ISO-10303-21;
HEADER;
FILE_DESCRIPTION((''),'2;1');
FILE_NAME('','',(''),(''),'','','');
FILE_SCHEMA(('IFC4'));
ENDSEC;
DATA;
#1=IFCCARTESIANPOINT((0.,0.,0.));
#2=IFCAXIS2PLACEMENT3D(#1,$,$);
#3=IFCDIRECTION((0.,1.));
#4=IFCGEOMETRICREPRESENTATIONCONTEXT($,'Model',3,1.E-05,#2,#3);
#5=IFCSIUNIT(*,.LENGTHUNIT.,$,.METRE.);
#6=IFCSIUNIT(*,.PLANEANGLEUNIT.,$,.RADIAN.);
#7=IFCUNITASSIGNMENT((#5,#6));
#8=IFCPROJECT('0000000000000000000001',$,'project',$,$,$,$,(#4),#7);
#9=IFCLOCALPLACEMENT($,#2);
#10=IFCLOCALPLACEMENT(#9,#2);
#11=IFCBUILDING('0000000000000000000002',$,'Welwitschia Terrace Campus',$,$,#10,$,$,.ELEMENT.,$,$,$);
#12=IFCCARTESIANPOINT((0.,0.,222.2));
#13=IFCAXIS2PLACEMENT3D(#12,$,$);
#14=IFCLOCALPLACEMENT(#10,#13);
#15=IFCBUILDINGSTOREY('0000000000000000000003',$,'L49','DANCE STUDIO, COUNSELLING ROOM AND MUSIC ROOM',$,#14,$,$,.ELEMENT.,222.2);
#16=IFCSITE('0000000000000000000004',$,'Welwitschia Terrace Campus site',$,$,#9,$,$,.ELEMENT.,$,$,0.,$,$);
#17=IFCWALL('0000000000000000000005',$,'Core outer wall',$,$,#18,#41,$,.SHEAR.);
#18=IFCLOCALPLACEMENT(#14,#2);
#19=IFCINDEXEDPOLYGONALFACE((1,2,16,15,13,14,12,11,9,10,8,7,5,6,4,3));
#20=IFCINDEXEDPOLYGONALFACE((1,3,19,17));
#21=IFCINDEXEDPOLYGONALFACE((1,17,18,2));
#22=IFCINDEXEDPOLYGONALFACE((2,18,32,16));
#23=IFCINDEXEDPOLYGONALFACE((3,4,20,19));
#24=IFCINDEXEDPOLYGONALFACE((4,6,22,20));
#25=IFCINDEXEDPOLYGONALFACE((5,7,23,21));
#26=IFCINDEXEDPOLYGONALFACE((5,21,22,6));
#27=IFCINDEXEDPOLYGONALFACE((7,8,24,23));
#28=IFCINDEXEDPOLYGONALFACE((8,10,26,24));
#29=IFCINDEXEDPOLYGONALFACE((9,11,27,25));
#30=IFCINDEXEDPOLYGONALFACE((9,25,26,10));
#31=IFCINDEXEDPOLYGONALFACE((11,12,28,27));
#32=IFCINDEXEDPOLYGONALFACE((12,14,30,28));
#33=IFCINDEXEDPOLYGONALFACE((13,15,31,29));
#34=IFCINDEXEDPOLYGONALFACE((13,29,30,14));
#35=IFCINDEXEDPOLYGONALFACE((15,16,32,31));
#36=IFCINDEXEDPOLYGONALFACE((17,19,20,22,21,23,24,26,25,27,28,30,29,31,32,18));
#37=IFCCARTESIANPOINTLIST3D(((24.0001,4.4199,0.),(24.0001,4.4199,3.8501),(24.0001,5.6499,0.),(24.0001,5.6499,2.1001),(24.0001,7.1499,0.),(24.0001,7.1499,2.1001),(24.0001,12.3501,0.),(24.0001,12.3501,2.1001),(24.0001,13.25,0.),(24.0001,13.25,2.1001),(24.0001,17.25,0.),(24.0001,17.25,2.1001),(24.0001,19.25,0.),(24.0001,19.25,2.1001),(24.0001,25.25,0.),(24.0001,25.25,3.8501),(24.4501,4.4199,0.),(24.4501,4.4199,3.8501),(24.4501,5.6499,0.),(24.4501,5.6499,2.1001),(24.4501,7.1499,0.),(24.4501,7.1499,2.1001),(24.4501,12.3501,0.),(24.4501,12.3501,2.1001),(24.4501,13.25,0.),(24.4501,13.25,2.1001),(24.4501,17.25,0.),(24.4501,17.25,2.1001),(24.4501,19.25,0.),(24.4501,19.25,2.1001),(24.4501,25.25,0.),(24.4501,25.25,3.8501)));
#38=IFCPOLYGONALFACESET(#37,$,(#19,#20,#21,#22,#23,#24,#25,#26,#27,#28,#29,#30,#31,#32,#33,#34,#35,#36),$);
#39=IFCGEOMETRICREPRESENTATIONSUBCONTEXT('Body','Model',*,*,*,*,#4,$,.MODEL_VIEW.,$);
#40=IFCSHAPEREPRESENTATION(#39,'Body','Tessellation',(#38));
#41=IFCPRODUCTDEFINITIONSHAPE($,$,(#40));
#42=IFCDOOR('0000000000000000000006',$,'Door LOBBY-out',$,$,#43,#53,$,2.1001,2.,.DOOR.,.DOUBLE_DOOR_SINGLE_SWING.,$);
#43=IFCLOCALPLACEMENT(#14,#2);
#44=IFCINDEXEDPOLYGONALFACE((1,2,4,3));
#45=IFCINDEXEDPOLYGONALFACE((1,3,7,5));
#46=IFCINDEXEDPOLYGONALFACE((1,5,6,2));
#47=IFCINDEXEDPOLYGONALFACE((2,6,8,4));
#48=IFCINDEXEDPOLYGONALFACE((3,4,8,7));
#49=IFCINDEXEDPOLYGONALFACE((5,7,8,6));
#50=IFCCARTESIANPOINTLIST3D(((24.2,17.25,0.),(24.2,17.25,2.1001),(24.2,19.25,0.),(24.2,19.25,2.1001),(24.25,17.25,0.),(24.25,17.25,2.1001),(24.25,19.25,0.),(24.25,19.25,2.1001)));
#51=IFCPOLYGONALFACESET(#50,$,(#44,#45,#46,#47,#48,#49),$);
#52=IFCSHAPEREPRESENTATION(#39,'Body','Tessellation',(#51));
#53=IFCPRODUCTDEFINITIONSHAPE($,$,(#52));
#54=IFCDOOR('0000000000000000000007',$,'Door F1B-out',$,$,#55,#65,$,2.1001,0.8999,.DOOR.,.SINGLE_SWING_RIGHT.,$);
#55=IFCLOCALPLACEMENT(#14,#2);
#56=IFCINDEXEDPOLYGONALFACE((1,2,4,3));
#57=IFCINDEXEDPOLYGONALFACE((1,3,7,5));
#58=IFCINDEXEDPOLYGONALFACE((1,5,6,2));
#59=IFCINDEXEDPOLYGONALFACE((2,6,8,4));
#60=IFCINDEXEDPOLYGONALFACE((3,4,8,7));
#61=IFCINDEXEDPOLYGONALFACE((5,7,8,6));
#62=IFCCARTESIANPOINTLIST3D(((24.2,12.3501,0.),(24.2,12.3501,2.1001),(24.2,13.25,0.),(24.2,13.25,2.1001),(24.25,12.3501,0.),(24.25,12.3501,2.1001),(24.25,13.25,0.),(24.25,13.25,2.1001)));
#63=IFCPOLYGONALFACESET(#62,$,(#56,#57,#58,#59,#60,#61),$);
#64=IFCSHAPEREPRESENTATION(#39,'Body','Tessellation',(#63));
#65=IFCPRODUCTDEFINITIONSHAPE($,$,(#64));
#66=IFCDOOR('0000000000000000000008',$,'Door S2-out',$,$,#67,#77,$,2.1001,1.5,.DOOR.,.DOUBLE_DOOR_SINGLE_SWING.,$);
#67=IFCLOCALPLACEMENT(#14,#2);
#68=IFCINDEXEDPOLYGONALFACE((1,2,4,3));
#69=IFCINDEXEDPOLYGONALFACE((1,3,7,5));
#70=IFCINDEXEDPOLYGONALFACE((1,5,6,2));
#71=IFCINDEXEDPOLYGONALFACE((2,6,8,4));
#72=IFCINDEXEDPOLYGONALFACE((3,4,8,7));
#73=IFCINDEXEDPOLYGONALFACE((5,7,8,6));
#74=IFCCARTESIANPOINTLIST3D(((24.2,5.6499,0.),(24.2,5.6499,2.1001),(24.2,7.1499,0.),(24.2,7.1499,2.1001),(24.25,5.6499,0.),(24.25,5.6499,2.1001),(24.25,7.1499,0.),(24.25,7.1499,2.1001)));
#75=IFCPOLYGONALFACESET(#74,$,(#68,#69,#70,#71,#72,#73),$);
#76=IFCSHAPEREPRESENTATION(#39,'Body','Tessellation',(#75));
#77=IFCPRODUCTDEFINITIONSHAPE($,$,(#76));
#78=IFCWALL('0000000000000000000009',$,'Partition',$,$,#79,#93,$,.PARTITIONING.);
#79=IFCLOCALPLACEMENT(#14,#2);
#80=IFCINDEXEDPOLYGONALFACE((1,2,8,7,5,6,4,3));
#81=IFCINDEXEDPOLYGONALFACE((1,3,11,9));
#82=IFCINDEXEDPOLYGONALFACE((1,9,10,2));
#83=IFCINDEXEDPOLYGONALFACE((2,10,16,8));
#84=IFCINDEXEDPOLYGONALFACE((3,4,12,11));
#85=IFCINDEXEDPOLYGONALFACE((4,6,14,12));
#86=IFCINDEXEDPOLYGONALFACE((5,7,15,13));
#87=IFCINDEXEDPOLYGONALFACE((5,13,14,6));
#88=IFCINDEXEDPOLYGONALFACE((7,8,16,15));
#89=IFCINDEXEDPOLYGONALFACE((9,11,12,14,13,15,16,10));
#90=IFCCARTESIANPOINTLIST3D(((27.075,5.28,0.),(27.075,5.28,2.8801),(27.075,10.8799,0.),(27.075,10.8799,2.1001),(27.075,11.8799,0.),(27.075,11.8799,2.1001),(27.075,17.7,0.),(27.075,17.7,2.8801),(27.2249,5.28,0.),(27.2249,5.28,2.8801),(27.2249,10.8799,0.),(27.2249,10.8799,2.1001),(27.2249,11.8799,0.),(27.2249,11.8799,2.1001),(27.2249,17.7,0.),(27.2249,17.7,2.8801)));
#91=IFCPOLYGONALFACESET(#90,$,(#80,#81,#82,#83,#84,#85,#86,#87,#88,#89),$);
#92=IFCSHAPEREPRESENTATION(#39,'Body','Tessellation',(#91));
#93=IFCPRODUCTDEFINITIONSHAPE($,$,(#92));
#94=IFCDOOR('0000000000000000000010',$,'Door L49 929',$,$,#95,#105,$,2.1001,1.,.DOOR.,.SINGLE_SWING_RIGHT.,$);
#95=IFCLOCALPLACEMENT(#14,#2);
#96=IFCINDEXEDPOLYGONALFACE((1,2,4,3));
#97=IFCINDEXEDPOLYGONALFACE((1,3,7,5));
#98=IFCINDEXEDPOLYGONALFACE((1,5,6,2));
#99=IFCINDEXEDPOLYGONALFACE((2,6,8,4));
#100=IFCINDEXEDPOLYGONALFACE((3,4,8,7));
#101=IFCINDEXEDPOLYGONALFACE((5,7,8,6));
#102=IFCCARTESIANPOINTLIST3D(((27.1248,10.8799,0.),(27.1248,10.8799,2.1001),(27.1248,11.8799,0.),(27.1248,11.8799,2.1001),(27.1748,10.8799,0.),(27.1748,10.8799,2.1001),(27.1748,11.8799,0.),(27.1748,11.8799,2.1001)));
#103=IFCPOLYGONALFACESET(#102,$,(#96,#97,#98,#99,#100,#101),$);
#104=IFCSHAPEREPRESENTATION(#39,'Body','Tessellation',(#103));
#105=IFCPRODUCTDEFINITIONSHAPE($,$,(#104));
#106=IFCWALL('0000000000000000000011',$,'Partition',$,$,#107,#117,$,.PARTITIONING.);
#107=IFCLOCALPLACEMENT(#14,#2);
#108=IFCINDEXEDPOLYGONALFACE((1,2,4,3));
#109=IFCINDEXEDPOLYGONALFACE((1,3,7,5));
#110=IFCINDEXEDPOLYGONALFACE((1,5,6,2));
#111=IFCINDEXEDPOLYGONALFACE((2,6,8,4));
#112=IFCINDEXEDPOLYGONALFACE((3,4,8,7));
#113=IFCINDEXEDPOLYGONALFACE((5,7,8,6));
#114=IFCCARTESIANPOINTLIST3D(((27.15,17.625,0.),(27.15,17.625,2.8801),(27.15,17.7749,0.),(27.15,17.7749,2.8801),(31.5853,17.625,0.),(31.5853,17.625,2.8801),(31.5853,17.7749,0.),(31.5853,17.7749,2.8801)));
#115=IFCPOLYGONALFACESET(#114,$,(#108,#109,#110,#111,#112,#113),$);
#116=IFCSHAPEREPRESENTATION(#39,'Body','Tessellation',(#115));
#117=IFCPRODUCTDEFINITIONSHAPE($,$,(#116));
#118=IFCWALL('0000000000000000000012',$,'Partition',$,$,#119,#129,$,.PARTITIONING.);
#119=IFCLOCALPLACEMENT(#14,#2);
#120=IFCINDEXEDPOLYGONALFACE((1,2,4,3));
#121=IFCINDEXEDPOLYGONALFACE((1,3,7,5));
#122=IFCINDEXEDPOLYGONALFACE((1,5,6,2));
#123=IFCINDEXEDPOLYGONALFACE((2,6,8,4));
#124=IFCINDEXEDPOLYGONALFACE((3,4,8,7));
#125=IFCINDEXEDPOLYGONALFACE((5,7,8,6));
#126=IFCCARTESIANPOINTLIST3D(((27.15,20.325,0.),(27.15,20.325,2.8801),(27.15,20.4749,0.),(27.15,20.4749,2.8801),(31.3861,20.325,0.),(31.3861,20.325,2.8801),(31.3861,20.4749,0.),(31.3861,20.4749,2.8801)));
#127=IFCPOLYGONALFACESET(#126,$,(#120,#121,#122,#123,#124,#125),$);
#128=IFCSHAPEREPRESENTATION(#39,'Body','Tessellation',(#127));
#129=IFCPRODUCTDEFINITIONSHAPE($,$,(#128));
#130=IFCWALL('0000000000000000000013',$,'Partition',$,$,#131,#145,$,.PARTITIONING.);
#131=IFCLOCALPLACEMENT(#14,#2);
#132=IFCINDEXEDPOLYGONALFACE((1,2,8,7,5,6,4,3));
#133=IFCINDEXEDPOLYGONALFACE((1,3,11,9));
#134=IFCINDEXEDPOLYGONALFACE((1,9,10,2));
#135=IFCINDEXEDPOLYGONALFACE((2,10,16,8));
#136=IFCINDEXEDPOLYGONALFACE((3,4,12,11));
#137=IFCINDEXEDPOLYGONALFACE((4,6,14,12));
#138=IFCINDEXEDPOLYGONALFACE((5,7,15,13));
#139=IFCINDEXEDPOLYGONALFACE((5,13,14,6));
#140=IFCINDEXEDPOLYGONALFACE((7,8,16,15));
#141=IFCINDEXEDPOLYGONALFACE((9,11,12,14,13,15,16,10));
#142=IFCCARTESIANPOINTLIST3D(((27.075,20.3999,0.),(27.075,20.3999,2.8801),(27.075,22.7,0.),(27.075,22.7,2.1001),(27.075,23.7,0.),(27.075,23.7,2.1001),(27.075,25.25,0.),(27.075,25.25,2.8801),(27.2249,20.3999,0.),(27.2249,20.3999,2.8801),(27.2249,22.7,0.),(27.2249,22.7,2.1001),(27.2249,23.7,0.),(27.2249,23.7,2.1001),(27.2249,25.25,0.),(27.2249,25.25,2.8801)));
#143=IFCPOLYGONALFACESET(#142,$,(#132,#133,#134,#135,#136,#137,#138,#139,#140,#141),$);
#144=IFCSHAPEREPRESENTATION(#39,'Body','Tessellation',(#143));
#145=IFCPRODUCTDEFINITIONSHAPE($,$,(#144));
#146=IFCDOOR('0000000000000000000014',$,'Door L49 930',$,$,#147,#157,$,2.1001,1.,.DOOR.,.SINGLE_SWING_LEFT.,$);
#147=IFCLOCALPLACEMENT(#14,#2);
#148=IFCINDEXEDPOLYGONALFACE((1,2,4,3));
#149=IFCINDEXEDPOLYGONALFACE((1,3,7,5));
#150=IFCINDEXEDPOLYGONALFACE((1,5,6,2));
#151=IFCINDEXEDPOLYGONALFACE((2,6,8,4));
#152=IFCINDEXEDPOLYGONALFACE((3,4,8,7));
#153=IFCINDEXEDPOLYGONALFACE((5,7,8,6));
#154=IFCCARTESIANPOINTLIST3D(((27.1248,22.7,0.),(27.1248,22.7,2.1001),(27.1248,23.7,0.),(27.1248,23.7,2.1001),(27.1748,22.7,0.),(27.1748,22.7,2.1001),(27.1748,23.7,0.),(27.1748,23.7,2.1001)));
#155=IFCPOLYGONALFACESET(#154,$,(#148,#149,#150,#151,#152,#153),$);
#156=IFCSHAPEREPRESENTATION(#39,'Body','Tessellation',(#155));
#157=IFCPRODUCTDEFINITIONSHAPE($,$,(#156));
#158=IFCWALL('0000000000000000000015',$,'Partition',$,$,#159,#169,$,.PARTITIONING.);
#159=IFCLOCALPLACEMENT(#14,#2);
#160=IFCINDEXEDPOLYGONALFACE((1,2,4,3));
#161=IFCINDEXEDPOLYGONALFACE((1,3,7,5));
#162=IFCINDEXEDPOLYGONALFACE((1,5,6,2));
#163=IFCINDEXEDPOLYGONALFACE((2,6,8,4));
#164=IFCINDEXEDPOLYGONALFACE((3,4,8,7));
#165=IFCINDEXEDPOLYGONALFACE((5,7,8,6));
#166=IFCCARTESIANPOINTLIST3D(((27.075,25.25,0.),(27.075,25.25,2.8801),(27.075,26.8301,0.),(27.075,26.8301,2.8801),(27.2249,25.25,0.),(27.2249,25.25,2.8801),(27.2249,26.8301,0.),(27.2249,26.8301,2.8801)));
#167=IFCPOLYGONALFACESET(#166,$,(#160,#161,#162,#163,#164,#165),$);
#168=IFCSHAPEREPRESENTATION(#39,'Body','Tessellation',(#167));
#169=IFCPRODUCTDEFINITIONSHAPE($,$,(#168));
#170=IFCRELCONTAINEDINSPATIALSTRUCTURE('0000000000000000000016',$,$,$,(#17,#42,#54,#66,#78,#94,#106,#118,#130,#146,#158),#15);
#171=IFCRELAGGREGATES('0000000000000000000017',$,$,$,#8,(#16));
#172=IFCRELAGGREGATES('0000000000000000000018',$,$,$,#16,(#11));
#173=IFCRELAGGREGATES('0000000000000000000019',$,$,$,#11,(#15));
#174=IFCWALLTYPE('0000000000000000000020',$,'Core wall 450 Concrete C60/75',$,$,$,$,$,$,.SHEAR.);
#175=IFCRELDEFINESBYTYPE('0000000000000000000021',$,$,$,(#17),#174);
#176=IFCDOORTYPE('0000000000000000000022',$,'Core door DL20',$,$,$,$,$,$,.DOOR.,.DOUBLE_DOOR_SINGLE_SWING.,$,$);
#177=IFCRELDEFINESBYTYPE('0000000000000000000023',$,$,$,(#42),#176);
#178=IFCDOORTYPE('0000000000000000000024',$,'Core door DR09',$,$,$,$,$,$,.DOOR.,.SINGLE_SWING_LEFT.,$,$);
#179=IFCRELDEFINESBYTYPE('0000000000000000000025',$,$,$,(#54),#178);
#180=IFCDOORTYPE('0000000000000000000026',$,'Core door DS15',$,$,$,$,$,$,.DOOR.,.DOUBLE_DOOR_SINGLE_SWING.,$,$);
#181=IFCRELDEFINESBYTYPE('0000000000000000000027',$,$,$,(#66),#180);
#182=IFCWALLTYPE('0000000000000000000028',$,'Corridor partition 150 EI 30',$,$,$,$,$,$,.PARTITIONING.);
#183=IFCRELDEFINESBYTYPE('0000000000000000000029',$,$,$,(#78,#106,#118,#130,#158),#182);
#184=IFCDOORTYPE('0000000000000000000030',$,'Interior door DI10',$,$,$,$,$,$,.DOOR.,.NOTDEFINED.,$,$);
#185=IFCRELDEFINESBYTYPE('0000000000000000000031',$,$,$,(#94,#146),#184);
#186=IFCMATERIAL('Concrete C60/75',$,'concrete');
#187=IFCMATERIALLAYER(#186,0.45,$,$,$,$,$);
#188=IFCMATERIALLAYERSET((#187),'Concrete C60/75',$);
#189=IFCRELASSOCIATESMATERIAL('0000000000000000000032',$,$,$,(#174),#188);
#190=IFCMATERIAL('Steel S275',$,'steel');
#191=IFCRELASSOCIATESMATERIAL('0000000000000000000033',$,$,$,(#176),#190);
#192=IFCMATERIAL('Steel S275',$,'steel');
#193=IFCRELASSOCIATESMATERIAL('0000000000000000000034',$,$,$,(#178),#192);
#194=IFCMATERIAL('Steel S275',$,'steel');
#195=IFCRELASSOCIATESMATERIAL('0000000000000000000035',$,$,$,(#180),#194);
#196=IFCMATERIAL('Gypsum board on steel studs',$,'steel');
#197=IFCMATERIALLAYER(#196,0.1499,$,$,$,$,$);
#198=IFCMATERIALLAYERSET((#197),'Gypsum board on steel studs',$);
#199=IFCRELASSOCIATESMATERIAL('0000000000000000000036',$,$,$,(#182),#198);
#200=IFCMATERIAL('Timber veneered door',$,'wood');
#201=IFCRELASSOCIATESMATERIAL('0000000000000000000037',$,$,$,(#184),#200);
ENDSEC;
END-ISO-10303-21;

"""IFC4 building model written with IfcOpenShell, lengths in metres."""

from ifc_helpers import new_model, si_unit, direction, frame, frame_2d, origin, place, context, subcontext, project, spatial, rectangle, extrude, material, layer, layer_set, type_object, element, fill, save


model = new_model("IFC4")

# Units and contexts
model_context = context("Model", 3, precision=1e-05, world=origin(), true_north=direction((0.0, 1.0)))
body_context = subcontext(model_context, "Body", "Model", "MODEL_VIEW")
ifc_project = project(units=[si_unit("LENGTHUNIT", "METRE"), si_unit("PLANEANGLEUNIT", "RADIAN")], contexts=[model_context])

# Site, building, storey
site_placement = place(None, origin())
site = spatial("IfcSite", under=ifc_project, at=site_placement, Name="Welwitschia Terrace Campus site", CompositionType="ELEMENT", RefElevation=0.0)
building_placement = place(site_placement, origin())
building = spatial("IfcBuilding", under=site, at=building_placement, Name="Welwitschia Terrace Campus", CompositionType="ELEMENT")
storey_placement = place(building_placement, frame((0.0, 0.0, 222.2)))
storey = spatial("IfcBuildingStorey", under=building, at=storey_placement, Name="L49", Description="DANCE STUDIO, COUNSELLING ROOM AND MUSIC ROOM", CompositionType="ELEMENT", Elevation=222.2)

# Wall, openings, doors
ifc_material_1 = material(Name="Concrete C60/75", Category="concrete")
ifc_layer_1 = layer(ifc_material_1, 0.45)
ifc_layer_set_1 = layer_set([ifc_layer_1], Name="Concrete C60/75")
wall_type_1 = type_object("IfcWallType", Name="Core wall 450 Concrete C60/75", PredefinedType="SHEAR", material=ifc_layer_set_1)
wall_1_placement = place(storey_placement, frame((24.2251, 25.25, 0.0), z_axis=(0.0, 0.0, 1.0), x_axis=(0.0, -1.0, 0.0)))
wall_1 = element("IfcWall", 1, at=wall_1_placement, inside=storey, type_object=wall_type_1, Name="Core outer wall", PredefinedType="SHEAR", context=body_context, shape_type="SweptSolid", body=[
    extrude(rectangle(XDim=20.8301, YDim=0.45, at=frame_2d((10.415, 0.0))), origin(), (0.0, 0.0, 1.0), 3.8501),
])
opening_1_placement = place(wall_1_placement, frame((18.1001, 0.0, 0.0)))
opening_1 = element("IfcOpeningElement", 2, at=opening_1_placement, cuts=wall_1, PredefinedType="OPENING", context=body_context, shape_type="SweptSolid", body=[
    extrude(rectangle(XDim=1.5, YDim=2.1001, at=frame_2d((0.75, 1.05))), frame((0.0, 0.2349, 0.0), z_axis=(0.0, -1.0, 0.0), x_axis=(1.0, 0.0, 0.0)), (0.0, 0.0, 1.0), 0.47),
])
opening_2_placement = place(wall_1_placement, frame((12.0, 0.0, 0.0)))
opening_2 = element("IfcOpeningElement", 3, at=opening_2_placement, cuts=wall_1, PredefinedType="OPENING", context=body_context, shape_type="SweptSolid", body=[
    extrude(rectangle(XDim=0.8999, YDim=2.1001, at=frame_2d((0.45, 1.05))), frame((0.0, 0.2349, 0.0), z_axis=(0.0, -1.0, 0.0), x_axis=(1.0, 0.0, 0.0)), (0.0, 0.0, 1.0), 0.47),
])
opening_3_placement = place(wall_1_placement, frame((6.0, 0.0, 0.0)))
opening_3 = element("IfcOpeningElement", 4, at=opening_3_placement, cuts=wall_1, PredefinedType="OPENING", context=body_context, shape_type="SweptSolid", body=[
    extrude(rectangle(XDim=2.0, YDim=2.1001, at=frame_2d((1.0, 1.05))), frame((0.0, 0.2349, 0.0), z_axis=(0.0, -1.0, 0.0), x_axis=(1.0, 0.0, 0.0)), (0.0, 0.0, 1.0), 0.47),
])
ifc_material_2 = material(Name="Steel S275", Category="steel")
door_type_1 = type_object("IfcDoorType", Name="Core door DL20", OperationType="DOUBLE_DOOR_SINGLE_SWING", PredefinedType="DOOR", material=ifc_material_2)
door_1_placement = place(opening_3_placement, origin())
door_1 = element("IfcDoor", 5, at=door_1_placement, inside=storey, type_object=door_type_1, Name="Door LOBBY-out", OperationType="DOUBLE_DOOR_SINGLE_SWING", OverallHeight=2.1001, OverallWidth=2.0, PredefinedType="DOOR", context=body_context, shape_type="SweptSolid", body=[
    extrude(rectangle(XDim=2.0, YDim=2.1001, at=frame_2d((1.0, 1.05))), frame((0.0, 0.0249, 0.0), z_axis=(0.0, -1.0, 0.0), x_axis=(1.0, 0.0, 0.0)), (0.0, 0.0, 1.0), 0.05),
])
fill(opening_3, door_1)
ifc_material_3 = material(Name="Steel S275", Category="steel")
door_type_2 = type_object("IfcDoorType", Name="Core door DR09", OperationType="SINGLE_SWING_LEFT", PredefinedType="DOOR", material=ifc_material_3)
door_2_placement = place(opening_2_placement, origin())
door_2 = element("IfcDoor", 6, at=door_2_placement, inside=storey, type_object=door_type_2, Name="Door F1B-out", OperationType="SINGLE_SWING_RIGHT", OverallHeight=2.1001, OverallWidth=0.8999, PredefinedType="DOOR", context=body_context, shape_type="SweptSolid", body=[
    extrude(rectangle(XDim=0.8999, YDim=2.1001, at=frame_2d((0.45, 1.05))), frame((0.0, 0.0249, 0.0), z_axis=(0.0, -1.0, 0.0), x_axis=(1.0, 0.0, 0.0)), (0.0, 0.0, 1.0), 0.05),
])
fill(opening_2, door_2)
ifc_material_4 = material(Name="Steel S275", Category="steel")
door_type_3 = type_object("IfcDoorType", Name="Core door DS15", OperationType="DOUBLE_DOOR_SINGLE_SWING", PredefinedType="DOOR", material=ifc_material_4)
door_3_placement = place(opening_1_placement, origin())
door_3 = element("IfcDoor", 7, at=door_3_placement, inside=storey, type_object=door_type_3, Name="Door S2-out", OperationType="DOUBLE_DOOR_SINGLE_SWING", OverallHeight=2.1001, OverallWidth=1.5, PredefinedType="DOOR", context=body_context, shape_type="SweptSolid", body=[
    extrude(rectangle(XDim=1.5, YDim=2.1001, at=frame_2d((0.75, 1.05))), frame((0.0, 0.0249, 0.0), z_axis=(0.0, -1.0, 0.0), x_axis=(1.0, 0.0, 0.0)), (0.0, 0.0, 1.0), 0.05),
])
fill(opening_1, door_3)

# Wall, opening, door
ifc_material_5 = material(Name="Gypsum board on steel studs", Category="steel")
ifc_layer_2 = layer(ifc_material_5, 0.1499)
ifc_layer_set_2 = layer_set([ifc_layer_2], Name="Gypsum board on steel studs")
wall_type_2 = type_object("IfcWallType", Name="Corridor partition 150 EI 30", PredefinedType="PARTITIONING", material=ifc_layer_set_2)
wall_2_placement = place(storey_placement, frame((27.1499, 17.7, 0.0), z_axis=(0.0, 0.0, 1.0), x_axis=(0.0, -1.0, 0.0)))
wall_2 = element("IfcWall", 8, at=wall_2_placement, inside=storey, type_object=wall_type_2, Name="Partition", PredefinedType="PARTITIONING", context=body_context, shape_type="SweptSolid", body=[
    extrude(rectangle(XDim=12.4199, YDim=0.1499, at=frame_2d((6.21, 0.0))), origin(), (0.0, 0.0, 1.0), 2.8801),
])
opening_4_placement = place(wall_2_placement, frame((5.8201, 0.0, 0.0)))
opening_4 = element("IfcOpeningElement", 9, at=opening_4_placement, cuts=wall_2, PredefinedType="OPENING", context=body_context, shape_type="SweptSolid", body=[
    extrude(rectangle(XDim=1.0, YDim=2.1001, at=frame_2d((0.5, 1.05))), frame((0.0, 0.085, 0.0), z_axis=(0.0, -1.0, 0.0), x_axis=(1.0, 0.0, 0.0)), (0.0, 0.0, 1.0), 0.1699),
])
ifc_material_6 = material(Name="Timber veneered door", Category="wood")
door_type_4 = type_object("IfcDoorType", Name="Interior door DI10", OperationType="NOTDEFINED", PredefinedType="DOOR", material=ifc_material_6)
door_4_placement = place(opening_4_placement, origin())
door_4 = element("IfcDoor", 10, at=door_4_placement, inside=storey, type_object=door_type_4, Name="Door L49 929", OperationType="SINGLE_SWING_RIGHT", OverallHeight=2.1001, OverallWidth=1.0, PredefinedType="DOOR", context=body_context, shape_type="SweptSolid", body=[
    extrude(rectangle(XDim=1.0, YDim=2.1001, at=frame_2d((0.5, 1.05))), frame((0.0, 0.0249, 0.0), z_axis=(0.0, -1.0, 0.0), x_axis=(1.0, 0.0, 0.0)), (0.0, 0.0, 1.0), 0.05),
])
fill(opening_4, door_4)

# Walls
wall_3_placement = place(storey_placement, frame((27.1499, 17.7, 0.0), z_axis=(0.0, 0.0, 1.0), x_axis=(1.0, 0.0, 0.0)))
element("IfcWall", 11, at=wall_3_placement, inside=storey, type_object=wall_type_2, Name="Partition", PredefinedType="PARTITIONING", context=body_context, shape_type="SweptSolid", body=[
    extrude(rectangle(XDim=4.4353, YDim=0.1499, at=frame_2d((2.2178, 0.0))), origin(), (0.0, 0.0, 1.0), 2.8801),
])
wall_4_placement = place(storey_placement, frame((27.1499, 20.3999, 0.0), z_axis=(0.0, 0.0, 1.0), x_axis=(1.0, 0.0, 0.0)))
element("IfcWall", 12, at=wall_4_placement, inside=storey, type_object=wall_type_2, Name="Partition", PredefinedType="PARTITIONING", context=body_context, shape_type="SweptSolid", body=[
    extrude(rectangle(XDim=4.2361, YDim=0.1499, at=frame_2d((2.1182, 0.0))), origin(), (0.0, 0.0, 1.0), 2.8801),
])

# Wall, opening, door
wall_5_placement = place(storey_placement, frame((27.1499, 25.25, 0.0), z_axis=(0.0, 0.0, 1.0), x_axis=(0.0, -1.0, 0.0)))
wall_5 = element("IfcWall", 13, at=wall_5_placement, inside=storey, type_object=wall_type_2, Name="Partition", PredefinedType="PARTITIONING", context=body_context, shape_type="SweptSolid", body=[
    extrude(rectangle(XDim=4.8501, YDim=0.1499, at=frame_2d((2.425, 0.0))), origin(), (0.0, 0.0, 1.0), 2.8801),
])
opening_5_placement = place(wall_5_placement, frame((1.55, 0.0, 0.0)))
opening_5 = element("IfcOpeningElement", 14, at=opening_5_placement, cuts=wall_5, PredefinedType="OPENING", context=body_context, shape_type="SweptSolid", body=[
    extrude(rectangle(XDim=1.0, YDim=2.1001, at=frame_2d((0.5, 1.05))), frame((0.0, 0.085, 0.0), z_axis=(0.0, -1.0, 0.0), x_axis=(1.0, 0.0, 0.0)), (0.0, 0.0, 1.0), 0.1699),
])
door_5_placement = place(opening_5_placement, origin())
door_5 = element("IfcDoor", 15, at=door_5_placement, inside=storey, type_object=door_type_4, Name="Door L49 930", OperationType="SINGLE_SWING_LEFT", OverallHeight=2.1001, OverallWidth=1.0, PredefinedType="DOOR", context=body_context, shape_type="SweptSolid", body=[
    extrude(rectangle(XDim=1.0, YDim=2.1001, at=frame_2d((0.5, 1.05))), frame((0.0, 0.0249, 0.0), z_axis=(0.0, -1.0, 0.0), x_axis=(1.0, 0.0, 0.0)), (0.0, 0.0, 1.0), 0.05),
])
fill(opening_5, door_5)

# Wall
wall_6_placement = place(storey_placement, frame((27.1499, 25.25, 0.0), z_axis=(0.0, 0.0, 1.0), x_axis=(0.0, 1.0, 0.0)))
element("IfcWall", 16, at=wall_6_placement, inside=storey, type_object=wall_type_2, Name="Partition", PredefinedType="PARTITIONING", context=body_context, shape_type="SweptSolid", body=[
    extrude(rectangle(XDim=1.5801, YDim=0.1499, at=frame_2d((0.79, 0.0))), origin(), (0.0, 0.0, 1.0), 2.8801),
])

save(model, "model.ifc")
